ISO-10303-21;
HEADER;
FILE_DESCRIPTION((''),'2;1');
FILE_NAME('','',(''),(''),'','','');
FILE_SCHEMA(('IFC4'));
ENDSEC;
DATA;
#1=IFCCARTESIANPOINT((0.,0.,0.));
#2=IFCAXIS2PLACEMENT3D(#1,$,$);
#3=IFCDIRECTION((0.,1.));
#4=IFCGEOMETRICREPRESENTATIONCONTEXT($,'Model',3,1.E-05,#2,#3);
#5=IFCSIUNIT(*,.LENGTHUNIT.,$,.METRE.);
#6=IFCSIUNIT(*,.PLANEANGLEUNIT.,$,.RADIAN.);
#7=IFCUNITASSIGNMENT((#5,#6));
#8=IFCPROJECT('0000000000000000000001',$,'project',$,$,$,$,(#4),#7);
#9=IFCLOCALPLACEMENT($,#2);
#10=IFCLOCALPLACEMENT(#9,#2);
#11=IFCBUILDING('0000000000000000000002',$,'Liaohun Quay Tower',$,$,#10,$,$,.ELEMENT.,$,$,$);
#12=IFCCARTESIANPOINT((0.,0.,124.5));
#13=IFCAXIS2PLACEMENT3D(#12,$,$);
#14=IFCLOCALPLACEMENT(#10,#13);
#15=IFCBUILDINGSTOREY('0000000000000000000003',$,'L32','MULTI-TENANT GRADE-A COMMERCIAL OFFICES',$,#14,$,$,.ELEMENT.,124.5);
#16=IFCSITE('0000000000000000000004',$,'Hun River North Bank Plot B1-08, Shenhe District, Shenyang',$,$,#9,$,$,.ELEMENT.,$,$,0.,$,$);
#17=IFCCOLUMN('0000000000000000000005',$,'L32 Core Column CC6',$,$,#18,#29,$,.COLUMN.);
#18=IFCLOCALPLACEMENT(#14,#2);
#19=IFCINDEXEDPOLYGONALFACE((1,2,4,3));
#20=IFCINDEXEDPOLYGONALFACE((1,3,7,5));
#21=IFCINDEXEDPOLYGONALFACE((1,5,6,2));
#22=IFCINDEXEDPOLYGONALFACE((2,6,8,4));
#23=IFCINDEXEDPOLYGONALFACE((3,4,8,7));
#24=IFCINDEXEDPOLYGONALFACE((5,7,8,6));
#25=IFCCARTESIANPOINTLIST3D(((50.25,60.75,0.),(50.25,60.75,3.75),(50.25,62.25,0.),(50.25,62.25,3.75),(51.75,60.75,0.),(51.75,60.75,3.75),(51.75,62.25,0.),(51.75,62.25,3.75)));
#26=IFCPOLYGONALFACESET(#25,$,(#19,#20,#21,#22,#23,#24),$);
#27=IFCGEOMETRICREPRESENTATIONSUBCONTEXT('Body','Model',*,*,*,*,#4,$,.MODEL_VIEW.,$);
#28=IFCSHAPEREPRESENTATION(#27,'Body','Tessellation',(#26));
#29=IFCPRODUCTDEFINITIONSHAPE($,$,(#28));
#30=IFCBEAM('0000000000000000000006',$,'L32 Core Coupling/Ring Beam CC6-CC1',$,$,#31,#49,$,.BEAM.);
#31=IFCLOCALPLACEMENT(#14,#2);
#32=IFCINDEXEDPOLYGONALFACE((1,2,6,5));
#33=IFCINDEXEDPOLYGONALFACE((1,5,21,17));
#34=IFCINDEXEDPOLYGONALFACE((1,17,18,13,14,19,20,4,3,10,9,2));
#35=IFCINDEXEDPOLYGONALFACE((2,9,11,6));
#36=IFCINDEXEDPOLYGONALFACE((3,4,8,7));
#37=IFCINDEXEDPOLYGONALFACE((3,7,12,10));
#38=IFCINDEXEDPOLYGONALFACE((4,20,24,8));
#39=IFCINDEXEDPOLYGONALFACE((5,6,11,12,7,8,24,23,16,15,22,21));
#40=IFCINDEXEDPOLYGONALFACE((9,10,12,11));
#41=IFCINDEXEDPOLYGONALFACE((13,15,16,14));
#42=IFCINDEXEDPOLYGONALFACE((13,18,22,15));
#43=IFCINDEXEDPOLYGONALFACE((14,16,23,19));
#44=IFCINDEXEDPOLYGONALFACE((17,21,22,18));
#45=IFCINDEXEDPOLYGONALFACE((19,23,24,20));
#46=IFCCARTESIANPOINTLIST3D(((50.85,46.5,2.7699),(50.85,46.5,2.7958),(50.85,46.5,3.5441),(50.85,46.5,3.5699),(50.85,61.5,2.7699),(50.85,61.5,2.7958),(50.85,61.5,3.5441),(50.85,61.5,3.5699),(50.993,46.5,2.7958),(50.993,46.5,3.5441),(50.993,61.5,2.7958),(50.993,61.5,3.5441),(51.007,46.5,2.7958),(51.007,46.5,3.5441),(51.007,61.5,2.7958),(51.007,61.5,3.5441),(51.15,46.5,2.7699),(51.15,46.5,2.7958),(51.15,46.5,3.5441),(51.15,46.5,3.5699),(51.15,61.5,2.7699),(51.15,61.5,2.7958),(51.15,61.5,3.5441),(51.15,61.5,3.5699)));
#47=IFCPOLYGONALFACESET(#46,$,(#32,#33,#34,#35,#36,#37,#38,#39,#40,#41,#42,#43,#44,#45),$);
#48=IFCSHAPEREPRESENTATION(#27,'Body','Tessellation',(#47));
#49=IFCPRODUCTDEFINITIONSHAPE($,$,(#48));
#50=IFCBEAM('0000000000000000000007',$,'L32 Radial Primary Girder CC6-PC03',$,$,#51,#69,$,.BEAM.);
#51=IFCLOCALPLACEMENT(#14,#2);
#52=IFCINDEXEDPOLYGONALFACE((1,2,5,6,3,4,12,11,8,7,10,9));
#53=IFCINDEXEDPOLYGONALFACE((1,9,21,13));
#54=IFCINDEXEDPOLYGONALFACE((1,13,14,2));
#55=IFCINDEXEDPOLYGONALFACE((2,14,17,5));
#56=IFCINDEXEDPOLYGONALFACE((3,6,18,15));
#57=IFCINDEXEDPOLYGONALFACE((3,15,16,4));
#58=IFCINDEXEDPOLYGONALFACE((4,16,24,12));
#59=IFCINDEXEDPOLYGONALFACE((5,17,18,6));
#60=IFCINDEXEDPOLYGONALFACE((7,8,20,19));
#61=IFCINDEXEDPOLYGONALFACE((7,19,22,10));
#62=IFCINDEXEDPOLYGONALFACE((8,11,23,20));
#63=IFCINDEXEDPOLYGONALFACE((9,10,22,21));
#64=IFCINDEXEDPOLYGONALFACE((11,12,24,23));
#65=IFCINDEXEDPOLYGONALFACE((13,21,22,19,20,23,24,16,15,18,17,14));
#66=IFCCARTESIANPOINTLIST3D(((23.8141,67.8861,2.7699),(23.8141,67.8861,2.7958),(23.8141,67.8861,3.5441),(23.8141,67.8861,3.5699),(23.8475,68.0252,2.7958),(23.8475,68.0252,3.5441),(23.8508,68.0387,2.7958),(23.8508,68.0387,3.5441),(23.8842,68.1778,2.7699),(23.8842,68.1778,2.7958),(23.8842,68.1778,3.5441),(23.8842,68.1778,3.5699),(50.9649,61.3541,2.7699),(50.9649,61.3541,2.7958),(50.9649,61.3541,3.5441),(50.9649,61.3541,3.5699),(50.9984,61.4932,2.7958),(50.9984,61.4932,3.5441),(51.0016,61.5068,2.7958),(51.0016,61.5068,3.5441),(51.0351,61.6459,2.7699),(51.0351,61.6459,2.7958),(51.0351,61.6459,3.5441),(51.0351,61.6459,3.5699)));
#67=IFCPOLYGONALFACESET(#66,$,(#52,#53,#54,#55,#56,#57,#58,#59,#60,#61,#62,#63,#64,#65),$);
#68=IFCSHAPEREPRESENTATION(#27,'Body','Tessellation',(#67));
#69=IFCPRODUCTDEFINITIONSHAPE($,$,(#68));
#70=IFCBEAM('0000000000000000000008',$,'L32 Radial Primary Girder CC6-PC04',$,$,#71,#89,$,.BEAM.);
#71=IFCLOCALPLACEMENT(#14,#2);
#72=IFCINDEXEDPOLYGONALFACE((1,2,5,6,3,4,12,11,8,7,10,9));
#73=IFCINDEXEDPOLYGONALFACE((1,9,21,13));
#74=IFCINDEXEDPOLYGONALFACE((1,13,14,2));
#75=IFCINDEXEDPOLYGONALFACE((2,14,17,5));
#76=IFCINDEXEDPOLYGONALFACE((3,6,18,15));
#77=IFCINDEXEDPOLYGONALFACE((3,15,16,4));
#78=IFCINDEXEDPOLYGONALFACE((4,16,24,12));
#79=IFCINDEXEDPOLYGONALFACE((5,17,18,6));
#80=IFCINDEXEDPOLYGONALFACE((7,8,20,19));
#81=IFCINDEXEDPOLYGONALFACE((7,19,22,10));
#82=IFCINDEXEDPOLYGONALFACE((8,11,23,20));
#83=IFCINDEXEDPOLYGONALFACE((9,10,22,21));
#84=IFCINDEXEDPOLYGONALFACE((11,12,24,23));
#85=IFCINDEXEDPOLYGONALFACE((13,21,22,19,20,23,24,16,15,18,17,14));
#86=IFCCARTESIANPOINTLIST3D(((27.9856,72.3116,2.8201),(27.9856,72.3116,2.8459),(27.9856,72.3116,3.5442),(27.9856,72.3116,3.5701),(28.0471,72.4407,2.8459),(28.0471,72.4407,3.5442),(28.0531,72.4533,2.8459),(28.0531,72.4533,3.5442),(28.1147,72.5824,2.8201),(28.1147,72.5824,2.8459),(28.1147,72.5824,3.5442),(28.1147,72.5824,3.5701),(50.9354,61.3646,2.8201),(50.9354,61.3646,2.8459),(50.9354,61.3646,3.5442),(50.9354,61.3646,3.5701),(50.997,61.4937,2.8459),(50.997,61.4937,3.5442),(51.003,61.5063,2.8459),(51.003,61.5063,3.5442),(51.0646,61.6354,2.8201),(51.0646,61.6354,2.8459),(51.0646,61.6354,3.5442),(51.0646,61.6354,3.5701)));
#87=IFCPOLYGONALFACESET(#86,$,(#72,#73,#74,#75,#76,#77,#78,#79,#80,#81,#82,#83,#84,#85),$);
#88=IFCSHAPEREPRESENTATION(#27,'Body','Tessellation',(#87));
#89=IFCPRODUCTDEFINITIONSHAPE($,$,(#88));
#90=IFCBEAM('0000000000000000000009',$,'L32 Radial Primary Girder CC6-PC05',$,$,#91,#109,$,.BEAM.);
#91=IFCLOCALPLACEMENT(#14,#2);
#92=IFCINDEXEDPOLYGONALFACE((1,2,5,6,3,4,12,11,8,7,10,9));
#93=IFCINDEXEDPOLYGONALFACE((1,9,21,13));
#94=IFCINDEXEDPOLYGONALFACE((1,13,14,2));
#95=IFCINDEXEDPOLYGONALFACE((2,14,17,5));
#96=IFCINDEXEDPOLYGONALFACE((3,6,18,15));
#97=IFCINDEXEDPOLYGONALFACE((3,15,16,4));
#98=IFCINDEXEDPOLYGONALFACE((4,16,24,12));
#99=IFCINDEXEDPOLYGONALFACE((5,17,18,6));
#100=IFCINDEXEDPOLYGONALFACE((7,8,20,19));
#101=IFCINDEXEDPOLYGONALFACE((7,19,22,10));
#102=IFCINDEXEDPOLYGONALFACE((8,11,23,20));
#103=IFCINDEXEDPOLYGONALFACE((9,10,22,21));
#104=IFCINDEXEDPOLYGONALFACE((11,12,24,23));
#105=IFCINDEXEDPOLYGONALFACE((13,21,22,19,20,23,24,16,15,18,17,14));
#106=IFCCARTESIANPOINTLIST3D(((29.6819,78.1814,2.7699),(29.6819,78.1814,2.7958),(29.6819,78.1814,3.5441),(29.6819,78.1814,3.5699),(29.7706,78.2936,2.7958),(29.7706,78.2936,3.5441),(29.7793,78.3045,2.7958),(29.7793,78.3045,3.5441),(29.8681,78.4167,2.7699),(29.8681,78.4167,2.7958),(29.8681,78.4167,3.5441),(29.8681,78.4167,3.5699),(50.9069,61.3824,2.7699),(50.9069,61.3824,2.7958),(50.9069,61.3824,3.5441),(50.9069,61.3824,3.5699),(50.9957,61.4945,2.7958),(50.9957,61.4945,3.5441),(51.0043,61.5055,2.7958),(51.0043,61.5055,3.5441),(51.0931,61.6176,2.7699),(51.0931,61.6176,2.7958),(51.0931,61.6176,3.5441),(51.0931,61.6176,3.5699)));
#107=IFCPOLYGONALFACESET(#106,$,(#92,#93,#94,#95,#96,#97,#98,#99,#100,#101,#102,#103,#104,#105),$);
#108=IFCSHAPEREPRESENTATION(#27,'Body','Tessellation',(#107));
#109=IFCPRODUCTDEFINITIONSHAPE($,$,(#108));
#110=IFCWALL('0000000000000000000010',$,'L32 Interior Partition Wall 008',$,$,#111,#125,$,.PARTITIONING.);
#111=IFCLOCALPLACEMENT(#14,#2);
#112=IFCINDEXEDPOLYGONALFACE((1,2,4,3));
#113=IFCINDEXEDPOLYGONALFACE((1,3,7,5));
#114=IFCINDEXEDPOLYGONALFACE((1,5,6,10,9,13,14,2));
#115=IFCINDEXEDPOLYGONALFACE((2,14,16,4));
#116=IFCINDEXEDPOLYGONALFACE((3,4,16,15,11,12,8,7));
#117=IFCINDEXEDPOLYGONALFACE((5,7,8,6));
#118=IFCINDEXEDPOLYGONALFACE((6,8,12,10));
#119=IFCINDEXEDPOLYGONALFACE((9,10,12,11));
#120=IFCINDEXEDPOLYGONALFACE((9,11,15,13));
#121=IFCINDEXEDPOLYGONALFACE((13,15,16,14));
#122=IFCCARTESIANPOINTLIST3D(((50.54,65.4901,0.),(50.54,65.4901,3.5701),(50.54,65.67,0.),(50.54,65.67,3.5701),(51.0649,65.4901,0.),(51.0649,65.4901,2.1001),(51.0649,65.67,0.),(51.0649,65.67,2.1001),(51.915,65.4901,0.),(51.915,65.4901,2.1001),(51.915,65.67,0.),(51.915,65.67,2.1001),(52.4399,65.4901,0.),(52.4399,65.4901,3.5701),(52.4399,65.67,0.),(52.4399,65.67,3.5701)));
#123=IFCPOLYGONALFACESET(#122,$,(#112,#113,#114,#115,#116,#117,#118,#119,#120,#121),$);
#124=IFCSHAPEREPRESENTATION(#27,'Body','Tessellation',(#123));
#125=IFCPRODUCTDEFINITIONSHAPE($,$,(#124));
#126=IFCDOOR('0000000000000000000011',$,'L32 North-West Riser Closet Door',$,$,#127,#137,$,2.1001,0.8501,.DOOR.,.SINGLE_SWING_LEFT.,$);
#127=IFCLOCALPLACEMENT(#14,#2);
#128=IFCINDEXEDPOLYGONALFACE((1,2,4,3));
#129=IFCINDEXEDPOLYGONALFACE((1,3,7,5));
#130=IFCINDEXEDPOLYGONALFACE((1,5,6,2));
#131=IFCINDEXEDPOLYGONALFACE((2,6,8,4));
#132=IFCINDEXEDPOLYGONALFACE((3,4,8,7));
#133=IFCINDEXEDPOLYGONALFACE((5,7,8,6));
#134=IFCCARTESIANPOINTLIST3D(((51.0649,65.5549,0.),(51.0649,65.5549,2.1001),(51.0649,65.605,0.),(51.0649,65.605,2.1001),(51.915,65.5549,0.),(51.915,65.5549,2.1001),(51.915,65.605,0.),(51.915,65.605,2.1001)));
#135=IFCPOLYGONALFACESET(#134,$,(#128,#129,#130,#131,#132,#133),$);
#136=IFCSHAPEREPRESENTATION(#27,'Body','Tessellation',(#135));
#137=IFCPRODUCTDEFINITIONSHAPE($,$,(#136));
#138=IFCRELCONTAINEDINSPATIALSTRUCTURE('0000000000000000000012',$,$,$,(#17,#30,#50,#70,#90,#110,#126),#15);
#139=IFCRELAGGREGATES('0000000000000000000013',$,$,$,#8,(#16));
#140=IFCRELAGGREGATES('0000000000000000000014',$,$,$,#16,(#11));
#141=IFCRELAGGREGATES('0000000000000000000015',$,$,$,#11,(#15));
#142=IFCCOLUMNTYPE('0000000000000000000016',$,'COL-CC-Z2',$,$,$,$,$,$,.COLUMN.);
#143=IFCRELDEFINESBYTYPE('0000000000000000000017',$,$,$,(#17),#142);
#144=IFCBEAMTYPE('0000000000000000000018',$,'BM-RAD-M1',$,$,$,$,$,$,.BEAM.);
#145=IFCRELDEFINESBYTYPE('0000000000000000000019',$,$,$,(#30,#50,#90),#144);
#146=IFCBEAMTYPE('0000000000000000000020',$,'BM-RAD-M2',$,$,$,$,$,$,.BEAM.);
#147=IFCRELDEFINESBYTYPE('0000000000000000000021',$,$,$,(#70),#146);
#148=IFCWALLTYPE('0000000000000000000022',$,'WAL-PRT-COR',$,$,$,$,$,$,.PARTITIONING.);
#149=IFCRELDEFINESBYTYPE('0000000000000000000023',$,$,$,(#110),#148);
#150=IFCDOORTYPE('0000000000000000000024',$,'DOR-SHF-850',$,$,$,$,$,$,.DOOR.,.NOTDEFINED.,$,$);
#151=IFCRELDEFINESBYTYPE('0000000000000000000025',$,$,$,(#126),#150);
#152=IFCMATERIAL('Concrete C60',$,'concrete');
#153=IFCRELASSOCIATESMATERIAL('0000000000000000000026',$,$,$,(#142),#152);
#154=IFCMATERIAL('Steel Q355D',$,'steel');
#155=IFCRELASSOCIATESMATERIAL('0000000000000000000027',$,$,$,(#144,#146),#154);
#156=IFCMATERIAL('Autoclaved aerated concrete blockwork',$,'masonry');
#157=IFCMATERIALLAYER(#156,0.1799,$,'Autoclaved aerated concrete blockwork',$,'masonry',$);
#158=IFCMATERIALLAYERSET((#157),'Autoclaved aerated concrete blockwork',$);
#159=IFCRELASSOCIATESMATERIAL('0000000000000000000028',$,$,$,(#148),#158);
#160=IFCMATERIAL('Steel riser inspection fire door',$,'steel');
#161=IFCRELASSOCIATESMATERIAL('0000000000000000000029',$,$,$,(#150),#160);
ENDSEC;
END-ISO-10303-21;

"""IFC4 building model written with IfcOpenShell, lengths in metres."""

from ifc_helpers import new_model, si_unit, direction, frame, frame_2d, origin, origin_2d, place, context, subcontext, project, spatial, rectangle, i_section, extrude, source, transform, mapped, material, layer, layer_set, material_profile, profile_set, type_object, element, fill, save


model = new_model("IFC4")

# Units and contexts
model_context = context("Model", 3, precision=1e-05, world=origin(), true_north=direction((0.0, 1.0)))
body_context = subcontext(model_context, "Body", "Model", "MODEL_VIEW")
ifc_project = project(units=[si_unit("LENGTHUNIT", "METRE"), si_unit("PLANEANGLEUNIT", "RADIAN")], contexts=[model_context])

# Site, building, storey
site_placement = place(None, origin())
site = spatial("IfcSite", under=ifc_project, at=site_placement, Name="Hun River North Bank Plot B1-08, Shenhe District, Shenyang", CompositionType="ELEMENT", RefElevation=0.0)
building_placement = place(site_placement, origin())
building = spatial("IfcBuilding", under=site, at=building_placement, Name="Liaohun Quay Tower", CompositionType="ELEMENT")
storey_placement = place(building_placement, frame((0.0, 0.0, 124.5)))
storey = spatial("IfcBuildingStorey", under=building, at=storey_placement, Name="L32", Description="MULTI-TENANT GRADE-A COMMERCIAL OFFICES", CompositionType="ELEMENT", Elevation=124.5)

# Column
ifc_material_1 = material(Name="Concrete C60", Category="concrete")
ifc_material_profile_1 = material_profile(ifc_material_1, rectangle(XDim=1.5, YDim=1.5, at=origin_2d()), Name="RC1500x1500")
ifc_profile_set_1 = profile_set([ifc_material_profile_1], Name="Concrete C60")
column_type = type_object("IfcColumnType", Name="COL-CC-Z2", PredefinedType="COLUMN", material=ifc_profile_set_1)
shared_shape_1 = source(origin(), body_context, "Body", "SweptSolid", [
    extrude(rectangle(XDim=1.5, YDim=1.5, at=origin_2d()), origin(), (0.0, 0.0, 1.0), 3.75),
])
column_placement = place(storey_placement, frame((51.0, 61.5, 0.0), z_axis=(0.0, 0.0, 1.0), x_axis=(1.0, 0.0, 0.0)))
element("IfcColumn", 1, at=column_placement, inside=storey, type_object=column_type, Name="L32 Core Column CC6", PredefinedType="COLUMN", context=body_context, shape_type="MappedRepresentation", body=[
    mapped(shared_shape_1, transform((0.0, 0.0, 0.0), x_axis=(1.0, 0.0, 0.0), y_axis=(0.0, 1.0, 0.0), z_axis=(0.0, 0.0, 1.0), scale=1.0)),
])

# Beams
ifc_material_2 = material(Name="Steel Q355D", Category="steel")
ifc_material_profile_2 = material_profile(ifc_material_2, i_section(OverallWidth=0.3, OverallDepth=0.8, WebThickness=0.0139, FlangeThickness=0.0259, at=origin_2d()), Name="HN800x300x14x26")
ifc_profile_set_2 = profile_set([ifc_material_profile_2], Name="Steel Q355D")
beam_type_1 = type_object("IfcBeamType", Name="BM-RAD-M1", PredefinedType="BEAM", material=ifc_profile_set_2)
shared_shape_2 = source(origin(), body_context, "Body", "SweptSolid", [
    extrude(i_section(OverallWidth=0.3, OverallDepth=0.8, WebThickness=0.0139, FlangeThickness=0.0259, at=origin_2d()), origin(), (0.0, 0.0, 1.0), 15.0),
])
beam_1_placement = place(storey_placement, frame((51.0, 61.5, 3.1699), z_axis=(0.0, -1.0, 0.0), x_axis=(1.0, 0.0, 0.0)))
element("IfcBeam", 2, at=beam_1_placement, inside=storey, type_object=beam_type_1, Name="L32 Core Coupling/Ring Beam CC6-CC1", PredefinedType="BEAM", context=body_context, shape_type="MappedRepresentation", body=[
    mapped(shared_shape_2, transform((0.0, 0.0, 0.0), x_axis=(1.0, 0.0, 0.0), y_axis=(0.0, 1.0, 0.0), z_axis=(0.0, 0.0, 1.0), scale=1.0)),
])
shared_shape_3 = source(origin(), body_context, "Body", "SweptSolid", [
    extrude(i_section(OverallWidth=0.3, OverallDepth=0.8, WebThickness=0.0139, FlangeThickness=0.0259, at=origin_2d()), origin(), (0.0, 0.0, 1.0), 27.9255),
])
beam_2_placement = place(storey_placement, frame((51.0, 61.5, 3.1699), z_axis=(-0.972259, 0.233907, 0.0), x_axis=(-0.233907, -0.972259, 0.0)))
element("IfcBeam", 3, at=beam_2_placement, inside=storey, type_object=beam_type_1, Name="L32 Radial Primary Girder CC6-PC03", PredefinedType="BEAM", context=body_context, shape_type="MappedRepresentation", body=[
    mapped(shared_shape_3, transform((0.0, 0.0, 0.0), x_axis=(1.0, 0.0, 0.0), y_axis=(0.0, 1.0, 0.0), z_axis=(0.0, 0.0, 1.0), scale=1.0)),
])
ifc_material_profile_3 = material_profile(ifc_material_2, i_section(OverallWidth=0.3, OverallDepth=0.75, WebThickness=0.0139, FlangeThickness=0.0259, at=origin_2d()), Name="HN750x300x14x26")
ifc_profile_set_3 = profile_set([ifc_material_profile_3], Name="Steel Q355D")
beam_type_2 = type_object("IfcBeamType", Name="BM-RAD-M2", PredefinedType="BEAM", material=ifc_profile_set_3)
shared_shape_4 = source(origin(), body_context, "Body", "SweptSolid", [
    extrude(i_section(OverallWidth=0.3, OverallDepth=0.75, WebThickness=0.0139, FlangeThickness=0.0259, at=origin_2d()), origin(), (0.0, 0.0, 1.0), 25.427),
])
beam_3_placement = place(storey_placement, frame((51.0, 61.5, 3.1951), z_axis=(-0.902578, 0.430526, 0.0), x_axis=(-0.430526, -0.902578, 0.0)))
element("IfcBeam", 4, at=beam_3_placement, inside=storey, type_object=beam_type_2, Name="L32 Radial Primary Girder CC6-PC04", PredefinedType="BEAM", context=body_context, shape_type="MappedRepresentation", body=[
    mapped(shared_shape_4, transform((0.0, 0.0, 0.0), x_axis=(1.0, 0.0, 0.0), y_axis=(0.0, 1.0, 0.0), z_axis=(0.0, 0.0, 1.0), scale=1.0)),
])
shared_shape_5 = source(origin(), body_context, "Body", "SweptSolid", [
    extrude(i_section(OverallWidth=0.3, OverallDepth=0.8, WebThickness=0.0139, FlangeThickness=0.0259, at=origin_2d()), origin(), (0.0, 0.0, 1.0), 27.0686),
])
beam_4_placement = place(storey_placement, frame((51.0, 61.5, 3.1699), z_axis=(-0.78412, 0.620609, 0.0), x_axis=(-0.620609, -0.78412, 0.0)))
element("IfcBeam", 5, at=beam_4_placement, inside=storey, type_object=beam_type_1, Name="L32 Radial Primary Girder CC6-PC05", PredefinedType="BEAM", context=body_context, shape_type="MappedRepresentation", body=[
    mapped(shared_shape_5, transform((0.0, 0.0, 0.0), x_axis=(1.0, 0.0, 0.0), y_axis=(0.0, 1.0, 0.0), z_axis=(0.0, 0.0, 1.0), scale=1.0)),
])

# Wall, opening, door
ifc_material_3 = material(Name="Autoclaved aerated concrete blockwork", Category="masonry")
ifc_layer_1 = layer(ifc_material_3, 0.1799, Name="Autoclaved aerated concrete blockwork", Category="masonry")
ifc_layer_set_1 = layer_set([ifc_layer_1], Name="Autoclaved aerated concrete blockwork")
wall_type_1 = type_object("IfcWallType", Name="WAL-PRT-COR", PredefinedType="PARTITIONING", material=ifc_layer_set_1)
wall_1_placement = place(storey_placement, frame((50.54, 65.5801, 0.0), z_axis=(0.0, 0.0, 1.0), x_axis=(1.0, 0.0, 0.0)))
wall_1 = element("IfcWall", 6, at=wall_1_placement, inside=storey, type_object=wall_type_1, Name="L32 Interior Partition Wall 008", PredefinedType="PARTITIONING", context=body_context, shape_type="SweptSolid", body=[
    extrude(rectangle(XDim=1.8999, YDim=0.1799, at=frame_2d((0.95, 0.0))), origin(), (0.0, 0.0, 1.0), 3.5701),
])
shared_shape_6 = source(origin(), body_context, "Body", "SweptSolid", [
    extrude(rectangle(XDim=0.8501, YDim=2.1001, at=frame_2d((0.425, 1.05))), frame((0.0, 0.0999, 0.0), z_axis=(0.0, -1.0, 0.0), x_axis=(1.0, 0.0, 0.0)), (0.0, 0.0, 1.0), 0.2),
])
opening_1_placement = place(wall_1_placement, frame((0.5249, 0.0, 0.0)))
opening_1 = element("IfcOpeningElement", 7, at=opening_1_placement, cuts=wall_1, PredefinedType="OPENING", context=body_context, shape_type="MappedRepresentation", body=[
    mapped(shared_shape_6, transform((0.0, 0.0, 0.0), x_axis=(1.0, 0.0, 0.0), y_axis=(0.0, 1.0, 0.0), z_axis=(0.0, 0.0, 1.0), scale=1.0)),
])
ifc_material_4 = material(Name="Steel riser inspection fire door", Category="steel")
door_type_1 = type_object("IfcDoorType", Name="DOR-SHF-850", OperationType="NOTDEFINED", PredefinedType="DOOR", material=ifc_material_4)
shared_shape_7 = source(origin(), body_context, "Body", "SweptSolid", [
    extrude(rectangle(XDim=0.8501, YDim=2.1001, at=frame_2d((0.425, 1.05))), frame((0.0, 0.0249, 0.0), z_axis=(0.0, -1.0, 0.0), x_axis=(1.0, 0.0, 0.0)), (0.0, 0.0, 1.0), 0.05),
])
door_1_placement = place(opening_1_placement, origin())
door_1 = element("IfcDoor", 8, at=door_1_placement, inside=storey, type_object=door_type_1, Name="L32 North-West Riser Closet Door", OperationType="SINGLE_SWING_LEFT", OverallHeight=2.1001, OverallWidth=0.8501, PredefinedType="DOOR", context=body_context, shape_type="MappedRepresentation", body=[
    mapped(shared_shape_7, transform((0.0, 0.0, 0.0), x_axis=(1.0, 0.0, 0.0), y_axis=(0.0, 1.0, 0.0), z_axis=(0.0, 0.0, 1.0), scale=1.0)),
])
fill(opening_1, door_1)

save(model, "model.ifc")
